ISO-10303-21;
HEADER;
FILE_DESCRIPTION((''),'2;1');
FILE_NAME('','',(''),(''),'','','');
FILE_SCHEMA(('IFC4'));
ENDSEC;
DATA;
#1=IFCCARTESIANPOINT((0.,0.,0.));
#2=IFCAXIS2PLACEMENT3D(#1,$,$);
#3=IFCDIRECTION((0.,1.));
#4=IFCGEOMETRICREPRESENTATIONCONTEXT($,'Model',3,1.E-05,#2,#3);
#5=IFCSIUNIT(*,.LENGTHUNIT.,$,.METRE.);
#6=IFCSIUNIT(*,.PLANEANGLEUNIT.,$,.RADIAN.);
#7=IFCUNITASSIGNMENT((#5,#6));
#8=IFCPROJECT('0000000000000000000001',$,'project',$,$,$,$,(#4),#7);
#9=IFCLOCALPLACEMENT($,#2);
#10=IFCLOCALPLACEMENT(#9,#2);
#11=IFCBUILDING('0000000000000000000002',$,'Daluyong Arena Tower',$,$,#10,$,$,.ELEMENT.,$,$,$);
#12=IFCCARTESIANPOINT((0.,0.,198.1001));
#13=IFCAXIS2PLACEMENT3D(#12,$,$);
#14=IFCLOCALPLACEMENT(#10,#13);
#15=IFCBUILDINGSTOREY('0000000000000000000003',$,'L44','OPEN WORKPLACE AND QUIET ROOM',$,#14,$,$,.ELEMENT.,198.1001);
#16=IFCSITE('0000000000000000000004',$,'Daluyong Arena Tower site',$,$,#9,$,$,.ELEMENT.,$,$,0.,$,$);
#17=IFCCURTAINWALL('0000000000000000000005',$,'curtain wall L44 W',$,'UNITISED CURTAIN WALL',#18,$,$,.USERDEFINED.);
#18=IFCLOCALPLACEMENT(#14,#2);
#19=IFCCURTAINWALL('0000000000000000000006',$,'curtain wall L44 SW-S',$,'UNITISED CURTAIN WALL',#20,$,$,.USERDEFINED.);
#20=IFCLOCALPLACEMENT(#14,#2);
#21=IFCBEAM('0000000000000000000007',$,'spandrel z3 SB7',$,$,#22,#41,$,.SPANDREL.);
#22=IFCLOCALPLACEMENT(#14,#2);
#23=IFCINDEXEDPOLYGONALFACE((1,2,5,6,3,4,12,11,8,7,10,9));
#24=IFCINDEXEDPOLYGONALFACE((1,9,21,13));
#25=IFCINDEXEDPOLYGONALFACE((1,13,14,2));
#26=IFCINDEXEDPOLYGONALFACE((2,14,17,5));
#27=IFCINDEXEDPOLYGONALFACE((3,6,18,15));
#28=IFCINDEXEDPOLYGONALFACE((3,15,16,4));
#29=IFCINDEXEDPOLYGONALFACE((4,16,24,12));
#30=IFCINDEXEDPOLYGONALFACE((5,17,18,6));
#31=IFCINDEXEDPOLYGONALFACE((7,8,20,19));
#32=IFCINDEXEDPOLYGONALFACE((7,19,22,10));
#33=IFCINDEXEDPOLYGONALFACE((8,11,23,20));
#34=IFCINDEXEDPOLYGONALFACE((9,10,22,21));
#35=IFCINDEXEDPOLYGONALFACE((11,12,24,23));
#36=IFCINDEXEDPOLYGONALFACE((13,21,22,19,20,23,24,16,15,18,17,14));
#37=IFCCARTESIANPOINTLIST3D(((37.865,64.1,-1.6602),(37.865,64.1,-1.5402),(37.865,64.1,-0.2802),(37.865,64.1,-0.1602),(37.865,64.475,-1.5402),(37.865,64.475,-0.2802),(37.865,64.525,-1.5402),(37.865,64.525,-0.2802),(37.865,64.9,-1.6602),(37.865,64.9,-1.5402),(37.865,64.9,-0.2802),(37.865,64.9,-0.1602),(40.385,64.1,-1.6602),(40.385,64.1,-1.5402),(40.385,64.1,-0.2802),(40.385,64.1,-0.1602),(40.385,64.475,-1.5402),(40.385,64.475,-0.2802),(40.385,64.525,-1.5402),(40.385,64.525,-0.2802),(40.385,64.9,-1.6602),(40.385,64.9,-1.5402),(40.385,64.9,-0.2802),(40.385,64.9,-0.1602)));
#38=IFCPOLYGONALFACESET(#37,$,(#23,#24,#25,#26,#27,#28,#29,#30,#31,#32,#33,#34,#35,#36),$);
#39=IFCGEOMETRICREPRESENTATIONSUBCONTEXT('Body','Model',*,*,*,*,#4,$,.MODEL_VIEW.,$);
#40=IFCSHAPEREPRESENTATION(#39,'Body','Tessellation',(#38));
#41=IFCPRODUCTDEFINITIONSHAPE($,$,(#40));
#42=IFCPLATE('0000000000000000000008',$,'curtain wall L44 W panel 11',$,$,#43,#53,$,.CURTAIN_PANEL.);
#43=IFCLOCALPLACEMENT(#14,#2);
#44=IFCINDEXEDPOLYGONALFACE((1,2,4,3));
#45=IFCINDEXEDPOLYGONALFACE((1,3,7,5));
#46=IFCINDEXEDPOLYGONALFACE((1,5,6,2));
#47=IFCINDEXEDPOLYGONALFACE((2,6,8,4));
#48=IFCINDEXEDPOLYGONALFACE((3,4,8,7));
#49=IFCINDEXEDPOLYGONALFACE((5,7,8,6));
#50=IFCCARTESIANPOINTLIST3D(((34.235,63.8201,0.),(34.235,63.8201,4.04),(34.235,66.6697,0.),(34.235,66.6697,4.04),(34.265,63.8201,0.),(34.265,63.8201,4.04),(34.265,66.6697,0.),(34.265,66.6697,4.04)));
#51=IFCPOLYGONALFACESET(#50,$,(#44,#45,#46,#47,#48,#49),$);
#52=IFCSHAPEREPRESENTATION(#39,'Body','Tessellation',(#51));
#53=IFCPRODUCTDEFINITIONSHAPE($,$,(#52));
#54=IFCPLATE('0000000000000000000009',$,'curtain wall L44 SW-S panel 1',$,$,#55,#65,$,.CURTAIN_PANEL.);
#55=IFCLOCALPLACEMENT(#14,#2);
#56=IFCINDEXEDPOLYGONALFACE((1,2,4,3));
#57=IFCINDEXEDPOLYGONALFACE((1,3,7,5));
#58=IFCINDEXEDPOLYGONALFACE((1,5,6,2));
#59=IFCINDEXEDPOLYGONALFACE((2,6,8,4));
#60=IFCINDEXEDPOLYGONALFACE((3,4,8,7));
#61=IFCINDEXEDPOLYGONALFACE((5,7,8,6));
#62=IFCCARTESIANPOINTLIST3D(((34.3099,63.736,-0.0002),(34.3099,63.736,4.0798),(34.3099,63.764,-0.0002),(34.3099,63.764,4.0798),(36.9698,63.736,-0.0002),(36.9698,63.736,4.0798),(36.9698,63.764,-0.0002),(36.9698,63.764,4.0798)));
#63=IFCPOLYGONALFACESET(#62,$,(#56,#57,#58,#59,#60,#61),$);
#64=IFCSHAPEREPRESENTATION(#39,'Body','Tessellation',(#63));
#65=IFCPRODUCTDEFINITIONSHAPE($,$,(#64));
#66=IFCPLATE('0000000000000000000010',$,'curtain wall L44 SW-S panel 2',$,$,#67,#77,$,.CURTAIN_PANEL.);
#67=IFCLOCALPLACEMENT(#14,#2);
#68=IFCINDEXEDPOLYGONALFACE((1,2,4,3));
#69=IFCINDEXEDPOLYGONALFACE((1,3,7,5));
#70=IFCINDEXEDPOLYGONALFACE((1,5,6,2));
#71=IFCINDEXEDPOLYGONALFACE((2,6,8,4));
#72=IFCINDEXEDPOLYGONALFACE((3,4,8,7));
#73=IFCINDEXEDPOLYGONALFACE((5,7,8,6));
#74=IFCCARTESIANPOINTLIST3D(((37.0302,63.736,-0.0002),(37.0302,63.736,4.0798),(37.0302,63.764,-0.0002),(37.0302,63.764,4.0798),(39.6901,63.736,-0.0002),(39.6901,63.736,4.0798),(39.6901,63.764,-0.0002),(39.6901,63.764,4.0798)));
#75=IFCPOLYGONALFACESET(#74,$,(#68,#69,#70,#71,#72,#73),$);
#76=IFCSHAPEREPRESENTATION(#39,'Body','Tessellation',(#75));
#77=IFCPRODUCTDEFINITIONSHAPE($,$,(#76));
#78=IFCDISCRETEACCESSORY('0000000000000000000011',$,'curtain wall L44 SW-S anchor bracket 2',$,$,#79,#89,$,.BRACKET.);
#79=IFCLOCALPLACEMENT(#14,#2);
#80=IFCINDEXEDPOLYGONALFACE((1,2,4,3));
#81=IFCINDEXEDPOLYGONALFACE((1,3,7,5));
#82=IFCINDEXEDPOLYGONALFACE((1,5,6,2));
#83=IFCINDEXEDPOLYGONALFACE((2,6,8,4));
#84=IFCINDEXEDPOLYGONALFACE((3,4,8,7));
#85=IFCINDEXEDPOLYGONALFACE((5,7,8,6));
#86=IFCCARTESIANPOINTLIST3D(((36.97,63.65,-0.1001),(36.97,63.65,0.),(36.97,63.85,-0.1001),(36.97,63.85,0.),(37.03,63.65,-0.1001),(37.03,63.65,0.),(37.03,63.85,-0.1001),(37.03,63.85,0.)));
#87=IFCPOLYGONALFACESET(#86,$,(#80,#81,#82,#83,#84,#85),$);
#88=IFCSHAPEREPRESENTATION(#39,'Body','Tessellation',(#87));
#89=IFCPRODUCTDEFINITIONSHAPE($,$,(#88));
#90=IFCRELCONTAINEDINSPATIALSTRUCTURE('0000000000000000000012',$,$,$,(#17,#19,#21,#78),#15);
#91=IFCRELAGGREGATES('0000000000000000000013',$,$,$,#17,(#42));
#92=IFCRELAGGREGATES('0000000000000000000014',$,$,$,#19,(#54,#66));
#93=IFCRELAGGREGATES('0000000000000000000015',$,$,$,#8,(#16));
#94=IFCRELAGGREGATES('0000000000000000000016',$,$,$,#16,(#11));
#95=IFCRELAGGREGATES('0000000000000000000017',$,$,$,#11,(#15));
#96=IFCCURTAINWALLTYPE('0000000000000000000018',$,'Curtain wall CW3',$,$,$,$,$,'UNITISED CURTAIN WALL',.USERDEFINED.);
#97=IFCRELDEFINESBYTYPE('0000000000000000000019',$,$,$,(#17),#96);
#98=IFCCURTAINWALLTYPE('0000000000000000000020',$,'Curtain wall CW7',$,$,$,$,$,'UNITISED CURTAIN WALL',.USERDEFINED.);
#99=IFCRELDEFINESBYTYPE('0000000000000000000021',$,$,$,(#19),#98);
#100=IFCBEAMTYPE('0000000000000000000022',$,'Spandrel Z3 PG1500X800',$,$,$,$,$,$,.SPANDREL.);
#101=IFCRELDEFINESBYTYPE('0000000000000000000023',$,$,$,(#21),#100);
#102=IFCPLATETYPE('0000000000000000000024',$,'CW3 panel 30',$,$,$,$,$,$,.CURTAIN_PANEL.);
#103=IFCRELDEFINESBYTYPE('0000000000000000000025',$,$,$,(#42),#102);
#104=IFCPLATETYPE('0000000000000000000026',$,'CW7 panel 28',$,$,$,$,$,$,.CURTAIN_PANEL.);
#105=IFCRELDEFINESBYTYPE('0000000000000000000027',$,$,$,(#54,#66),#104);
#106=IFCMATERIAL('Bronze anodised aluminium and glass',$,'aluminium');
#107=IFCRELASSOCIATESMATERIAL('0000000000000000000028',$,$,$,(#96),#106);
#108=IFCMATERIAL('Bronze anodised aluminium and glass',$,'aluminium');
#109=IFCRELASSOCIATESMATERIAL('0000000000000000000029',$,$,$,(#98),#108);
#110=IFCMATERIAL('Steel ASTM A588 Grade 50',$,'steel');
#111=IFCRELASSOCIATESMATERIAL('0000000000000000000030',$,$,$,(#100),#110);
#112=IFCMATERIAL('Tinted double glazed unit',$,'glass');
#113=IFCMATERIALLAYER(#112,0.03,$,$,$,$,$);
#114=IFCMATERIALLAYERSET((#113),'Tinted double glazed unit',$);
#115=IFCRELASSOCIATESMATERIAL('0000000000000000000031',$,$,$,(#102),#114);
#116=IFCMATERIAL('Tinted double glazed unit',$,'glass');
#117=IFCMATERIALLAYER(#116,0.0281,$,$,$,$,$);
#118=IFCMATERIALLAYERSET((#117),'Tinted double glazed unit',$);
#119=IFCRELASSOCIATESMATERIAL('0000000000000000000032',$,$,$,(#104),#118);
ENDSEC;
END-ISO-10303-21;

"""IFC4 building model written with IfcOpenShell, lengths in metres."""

from ifc_helpers import new_model, si_unit, direction, frame, origin, origin_2d, place, context, subcontext, project, spatial, rectangle, i_section, extrude, material, layer, layer_set, material_profile, profile_set, type_object, element, aggregate, save


model = new_model("IFC4")

# Units and contexts
model_context = context("Model", 3, precision=1e-05, world=origin(), true_north=direction((0.0, 1.0)))
body_context = subcontext(model_context, "Body", "Model", "MODEL_VIEW")
ifc_project = project(units=[si_unit("LENGTHUNIT", "METRE"), si_unit("PLANEANGLEUNIT", "RADIAN")], contexts=[model_context])

# Site, building, storey
site_placement = place(None, origin())
site = spatial("IfcSite", under=ifc_project, at=site_placement, Name="Daluyong Arena Tower site", CompositionType="ELEMENT", RefElevation=0.0)
building_placement = place(site_placement, origin())
building = spatial("IfcBuilding", under=site, at=building_placement, Name="Daluyong Arena Tower", CompositionType="ELEMENT")
storey_placement = place(building_placement, frame((0.0, 0.0, 198.1001)))
storey = spatial("IfcBuildingStorey", under=building, at=storey_placement, Name="L44", Description="OPEN WORKPLACE AND QUIET ROOM", CompositionType="ELEMENT", Elevation=198.1001)

# Curtain walls
ifc_material_1 = material(Name="Bronze anodised aluminium and glass", Category="aluminium")
curtain_wall_type_1 = type_object("IfcCurtainWallType", Name="Curtain wall CW3", ElementType="UNITISED CURTAIN WALL", PredefinedType="USERDEFINED", material=ifc_material_1)
curtain_wall_1_placement = place(storey_placement, origin())
curtain_wall_1 = element("IfcCurtainWall", 1, at=curtain_wall_1_placement, inside=storey, type_object=curtain_wall_type_1, Name="curtain wall L44 W", ObjectType="UNITISED CURTAIN WALL", PredefinedType="USERDEFINED")
ifc_material_2 = material(Name="Bronze anodised aluminium and glass", Category="aluminium")
curtain_wall_type_2 = type_object("IfcCurtainWallType", Name="Curtain wall CW7", ElementType="UNITISED CURTAIN WALL", PredefinedType="USERDEFINED", material=ifc_material_2)
curtain_wall_2_placement = place(storey_placement, origin())
curtain_wall_2 = element("IfcCurtainWall", 2, at=curtain_wall_2_placement, inside=storey, type_object=curtain_wall_type_2, Name="curtain wall L44 SW-S", ObjectType="UNITISED CURTAIN WALL", PredefinedType="USERDEFINED")

# Beam
ifc_material_3 = material(Name="Steel ASTM A588 Grade 50", Category="steel")
ifc_material_profile_1 = material_profile(ifc_material_3, i_section(OverallWidth=0.8, OverallDepth=1.5, WebThickness=0.05, FlangeThickness=0.12, at=origin_2d()))
ifc_profile_set_1 = profile_set([ifc_material_profile_1], Name="Steel ASTM A588 Grade 50")
beam_type = type_object("IfcBeamType", Name="Spandrel Z3 PG1500X800", PredefinedType="SPANDREL", material=ifc_profile_set_1)
for number, where, z_axis, x_axis, name in (
    (3, (37.865, 64.5, -0.9102), (1.0, 0.0, 0.0), (0.0, 1.0, 0.0), "spandrel z3 SB7"),
):
    element("IfcBeam", number, at=place(storey_placement, frame(where, z_axis=z_axis, x_axis=x_axis)), inside=storey, type_object=beam_type, Name=name, PredefinedType="SPANDREL", context=body_context, shape_type="SweptSolid", body=[
        extrude(i_section(OverallWidth=0.8, OverallDepth=1.5, WebThickness=0.05, FlangeThickness=0.12, at=origin_2d()), origin(), (0.0, 0.0, 1.0), 2.52),
    ])

# Plates
ifc_material_4 = material(Name="Tinted double glazed unit", Category="glass")
ifc_layer_1 = layer(ifc_material_4, 0.03)
ifc_layer_set_1 = layer_set([ifc_layer_1], Name="Tinted double glazed unit")
plate_type_1 = type_object("IfcPlateType", Name="CW3 panel 30", PredefinedType="CURTAIN_PANEL", material=ifc_layer_set_1)
plate_1_placement = place(storey_placement, frame((34.25, 65.2449, 0.0), z_axis=(0.0, 0.0, 1.0), x_axis=(0.0, -1.0, 0.0)))
plate_1 = element("IfcPlate", 4, at=plate_1_placement, type_object=plate_type_1, Name="curtain wall L44 W panel 11", PredefinedType="CURTAIN_PANEL", context=body_context, shape_type="SweptSolid", body=[
    extrude(rectangle(XDim=2.8496, YDim=0.03, at=origin_2d()), origin(), (0.0, 0.0, 1.0), 4.04),
])
aggregate(curtain_wall_1, [plate_1])
ifc_material_5 = material(Name="Tinted double glazed unit", Category="glass")
ifc_layer_2 = layer(ifc_material_5, 0.0281)
ifc_layer_set_2 = layer_set([ifc_layer_2], Name="Tinted double glazed unit")
plate_type_2 = type_object("IfcPlateType", Name="CW7 panel 28", PredefinedType="CURTAIN_PANEL", material=ifc_layer_set_2)
plate_2_placement = place(storey_placement, frame((35.6399, 63.75, -0.0002), z_axis=(0.0, 0.0, 1.0), x_axis=(1.0, 0.0, 0.0)))
plate_2 = element("IfcPlate", 5, at=plate_2_placement, type_object=plate_type_2, Name="curtain wall L44 SW-S panel 1", PredefinedType="CURTAIN_PANEL", context=body_context, shape_type="SweptSolid", body=[
    extrude(rectangle(XDim=2.6599, YDim=0.0281, at=origin_2d()), origin(), (0.0, 0.0, 1.0), 4.0801),
])
plate_3_placement = place(storey_placement, frame((38.3601, 63.75, -0.0002), z_axis=(0.0, 0.0, 1.0), x_axis=(1.0, 0.0, 0.0)))
plate_3 = element("IfcPlate", 6, at=plate_3_placement, type_object=plate_type_2, Name="curtain wall L44 SW-S panel 2", PredefinedType="CURTAIN_PANEL", context=body_context, shape_type="SweptSolid", body=[
    extrude(rectangle(XDim=2.6599, YDim=0.0281, at=origin_2d()), origin(), (0.0, 0.0, 1.0), 4.0801),
])
aggregate(curtain_wall_2, [plate_2, plate_3])

# Discrete accessory
discrete_accessory_placement = place(storey_placement, frame((37.0, 63.75, -0.1001), z_axis=(0.0, 0.0, 1.0), x_axis=(1.0, 0.0, 0.0)))
element("IfcDiscreteAccessory", 7, at=discrete_accessory_placement, inside=storey, Name="curtain wall L44 SW-S anchor bracket 2", PredefinedType="BRACKET", context=body_context, shape_type="SweptSolid", body=[
    extrude(rectangle(XDim=0.0601, YDim=0.2, at=origin_2d()), origin(), (0.0, 0.0, 1.0), 0.1001),
])

save(model, "model.ifc")
